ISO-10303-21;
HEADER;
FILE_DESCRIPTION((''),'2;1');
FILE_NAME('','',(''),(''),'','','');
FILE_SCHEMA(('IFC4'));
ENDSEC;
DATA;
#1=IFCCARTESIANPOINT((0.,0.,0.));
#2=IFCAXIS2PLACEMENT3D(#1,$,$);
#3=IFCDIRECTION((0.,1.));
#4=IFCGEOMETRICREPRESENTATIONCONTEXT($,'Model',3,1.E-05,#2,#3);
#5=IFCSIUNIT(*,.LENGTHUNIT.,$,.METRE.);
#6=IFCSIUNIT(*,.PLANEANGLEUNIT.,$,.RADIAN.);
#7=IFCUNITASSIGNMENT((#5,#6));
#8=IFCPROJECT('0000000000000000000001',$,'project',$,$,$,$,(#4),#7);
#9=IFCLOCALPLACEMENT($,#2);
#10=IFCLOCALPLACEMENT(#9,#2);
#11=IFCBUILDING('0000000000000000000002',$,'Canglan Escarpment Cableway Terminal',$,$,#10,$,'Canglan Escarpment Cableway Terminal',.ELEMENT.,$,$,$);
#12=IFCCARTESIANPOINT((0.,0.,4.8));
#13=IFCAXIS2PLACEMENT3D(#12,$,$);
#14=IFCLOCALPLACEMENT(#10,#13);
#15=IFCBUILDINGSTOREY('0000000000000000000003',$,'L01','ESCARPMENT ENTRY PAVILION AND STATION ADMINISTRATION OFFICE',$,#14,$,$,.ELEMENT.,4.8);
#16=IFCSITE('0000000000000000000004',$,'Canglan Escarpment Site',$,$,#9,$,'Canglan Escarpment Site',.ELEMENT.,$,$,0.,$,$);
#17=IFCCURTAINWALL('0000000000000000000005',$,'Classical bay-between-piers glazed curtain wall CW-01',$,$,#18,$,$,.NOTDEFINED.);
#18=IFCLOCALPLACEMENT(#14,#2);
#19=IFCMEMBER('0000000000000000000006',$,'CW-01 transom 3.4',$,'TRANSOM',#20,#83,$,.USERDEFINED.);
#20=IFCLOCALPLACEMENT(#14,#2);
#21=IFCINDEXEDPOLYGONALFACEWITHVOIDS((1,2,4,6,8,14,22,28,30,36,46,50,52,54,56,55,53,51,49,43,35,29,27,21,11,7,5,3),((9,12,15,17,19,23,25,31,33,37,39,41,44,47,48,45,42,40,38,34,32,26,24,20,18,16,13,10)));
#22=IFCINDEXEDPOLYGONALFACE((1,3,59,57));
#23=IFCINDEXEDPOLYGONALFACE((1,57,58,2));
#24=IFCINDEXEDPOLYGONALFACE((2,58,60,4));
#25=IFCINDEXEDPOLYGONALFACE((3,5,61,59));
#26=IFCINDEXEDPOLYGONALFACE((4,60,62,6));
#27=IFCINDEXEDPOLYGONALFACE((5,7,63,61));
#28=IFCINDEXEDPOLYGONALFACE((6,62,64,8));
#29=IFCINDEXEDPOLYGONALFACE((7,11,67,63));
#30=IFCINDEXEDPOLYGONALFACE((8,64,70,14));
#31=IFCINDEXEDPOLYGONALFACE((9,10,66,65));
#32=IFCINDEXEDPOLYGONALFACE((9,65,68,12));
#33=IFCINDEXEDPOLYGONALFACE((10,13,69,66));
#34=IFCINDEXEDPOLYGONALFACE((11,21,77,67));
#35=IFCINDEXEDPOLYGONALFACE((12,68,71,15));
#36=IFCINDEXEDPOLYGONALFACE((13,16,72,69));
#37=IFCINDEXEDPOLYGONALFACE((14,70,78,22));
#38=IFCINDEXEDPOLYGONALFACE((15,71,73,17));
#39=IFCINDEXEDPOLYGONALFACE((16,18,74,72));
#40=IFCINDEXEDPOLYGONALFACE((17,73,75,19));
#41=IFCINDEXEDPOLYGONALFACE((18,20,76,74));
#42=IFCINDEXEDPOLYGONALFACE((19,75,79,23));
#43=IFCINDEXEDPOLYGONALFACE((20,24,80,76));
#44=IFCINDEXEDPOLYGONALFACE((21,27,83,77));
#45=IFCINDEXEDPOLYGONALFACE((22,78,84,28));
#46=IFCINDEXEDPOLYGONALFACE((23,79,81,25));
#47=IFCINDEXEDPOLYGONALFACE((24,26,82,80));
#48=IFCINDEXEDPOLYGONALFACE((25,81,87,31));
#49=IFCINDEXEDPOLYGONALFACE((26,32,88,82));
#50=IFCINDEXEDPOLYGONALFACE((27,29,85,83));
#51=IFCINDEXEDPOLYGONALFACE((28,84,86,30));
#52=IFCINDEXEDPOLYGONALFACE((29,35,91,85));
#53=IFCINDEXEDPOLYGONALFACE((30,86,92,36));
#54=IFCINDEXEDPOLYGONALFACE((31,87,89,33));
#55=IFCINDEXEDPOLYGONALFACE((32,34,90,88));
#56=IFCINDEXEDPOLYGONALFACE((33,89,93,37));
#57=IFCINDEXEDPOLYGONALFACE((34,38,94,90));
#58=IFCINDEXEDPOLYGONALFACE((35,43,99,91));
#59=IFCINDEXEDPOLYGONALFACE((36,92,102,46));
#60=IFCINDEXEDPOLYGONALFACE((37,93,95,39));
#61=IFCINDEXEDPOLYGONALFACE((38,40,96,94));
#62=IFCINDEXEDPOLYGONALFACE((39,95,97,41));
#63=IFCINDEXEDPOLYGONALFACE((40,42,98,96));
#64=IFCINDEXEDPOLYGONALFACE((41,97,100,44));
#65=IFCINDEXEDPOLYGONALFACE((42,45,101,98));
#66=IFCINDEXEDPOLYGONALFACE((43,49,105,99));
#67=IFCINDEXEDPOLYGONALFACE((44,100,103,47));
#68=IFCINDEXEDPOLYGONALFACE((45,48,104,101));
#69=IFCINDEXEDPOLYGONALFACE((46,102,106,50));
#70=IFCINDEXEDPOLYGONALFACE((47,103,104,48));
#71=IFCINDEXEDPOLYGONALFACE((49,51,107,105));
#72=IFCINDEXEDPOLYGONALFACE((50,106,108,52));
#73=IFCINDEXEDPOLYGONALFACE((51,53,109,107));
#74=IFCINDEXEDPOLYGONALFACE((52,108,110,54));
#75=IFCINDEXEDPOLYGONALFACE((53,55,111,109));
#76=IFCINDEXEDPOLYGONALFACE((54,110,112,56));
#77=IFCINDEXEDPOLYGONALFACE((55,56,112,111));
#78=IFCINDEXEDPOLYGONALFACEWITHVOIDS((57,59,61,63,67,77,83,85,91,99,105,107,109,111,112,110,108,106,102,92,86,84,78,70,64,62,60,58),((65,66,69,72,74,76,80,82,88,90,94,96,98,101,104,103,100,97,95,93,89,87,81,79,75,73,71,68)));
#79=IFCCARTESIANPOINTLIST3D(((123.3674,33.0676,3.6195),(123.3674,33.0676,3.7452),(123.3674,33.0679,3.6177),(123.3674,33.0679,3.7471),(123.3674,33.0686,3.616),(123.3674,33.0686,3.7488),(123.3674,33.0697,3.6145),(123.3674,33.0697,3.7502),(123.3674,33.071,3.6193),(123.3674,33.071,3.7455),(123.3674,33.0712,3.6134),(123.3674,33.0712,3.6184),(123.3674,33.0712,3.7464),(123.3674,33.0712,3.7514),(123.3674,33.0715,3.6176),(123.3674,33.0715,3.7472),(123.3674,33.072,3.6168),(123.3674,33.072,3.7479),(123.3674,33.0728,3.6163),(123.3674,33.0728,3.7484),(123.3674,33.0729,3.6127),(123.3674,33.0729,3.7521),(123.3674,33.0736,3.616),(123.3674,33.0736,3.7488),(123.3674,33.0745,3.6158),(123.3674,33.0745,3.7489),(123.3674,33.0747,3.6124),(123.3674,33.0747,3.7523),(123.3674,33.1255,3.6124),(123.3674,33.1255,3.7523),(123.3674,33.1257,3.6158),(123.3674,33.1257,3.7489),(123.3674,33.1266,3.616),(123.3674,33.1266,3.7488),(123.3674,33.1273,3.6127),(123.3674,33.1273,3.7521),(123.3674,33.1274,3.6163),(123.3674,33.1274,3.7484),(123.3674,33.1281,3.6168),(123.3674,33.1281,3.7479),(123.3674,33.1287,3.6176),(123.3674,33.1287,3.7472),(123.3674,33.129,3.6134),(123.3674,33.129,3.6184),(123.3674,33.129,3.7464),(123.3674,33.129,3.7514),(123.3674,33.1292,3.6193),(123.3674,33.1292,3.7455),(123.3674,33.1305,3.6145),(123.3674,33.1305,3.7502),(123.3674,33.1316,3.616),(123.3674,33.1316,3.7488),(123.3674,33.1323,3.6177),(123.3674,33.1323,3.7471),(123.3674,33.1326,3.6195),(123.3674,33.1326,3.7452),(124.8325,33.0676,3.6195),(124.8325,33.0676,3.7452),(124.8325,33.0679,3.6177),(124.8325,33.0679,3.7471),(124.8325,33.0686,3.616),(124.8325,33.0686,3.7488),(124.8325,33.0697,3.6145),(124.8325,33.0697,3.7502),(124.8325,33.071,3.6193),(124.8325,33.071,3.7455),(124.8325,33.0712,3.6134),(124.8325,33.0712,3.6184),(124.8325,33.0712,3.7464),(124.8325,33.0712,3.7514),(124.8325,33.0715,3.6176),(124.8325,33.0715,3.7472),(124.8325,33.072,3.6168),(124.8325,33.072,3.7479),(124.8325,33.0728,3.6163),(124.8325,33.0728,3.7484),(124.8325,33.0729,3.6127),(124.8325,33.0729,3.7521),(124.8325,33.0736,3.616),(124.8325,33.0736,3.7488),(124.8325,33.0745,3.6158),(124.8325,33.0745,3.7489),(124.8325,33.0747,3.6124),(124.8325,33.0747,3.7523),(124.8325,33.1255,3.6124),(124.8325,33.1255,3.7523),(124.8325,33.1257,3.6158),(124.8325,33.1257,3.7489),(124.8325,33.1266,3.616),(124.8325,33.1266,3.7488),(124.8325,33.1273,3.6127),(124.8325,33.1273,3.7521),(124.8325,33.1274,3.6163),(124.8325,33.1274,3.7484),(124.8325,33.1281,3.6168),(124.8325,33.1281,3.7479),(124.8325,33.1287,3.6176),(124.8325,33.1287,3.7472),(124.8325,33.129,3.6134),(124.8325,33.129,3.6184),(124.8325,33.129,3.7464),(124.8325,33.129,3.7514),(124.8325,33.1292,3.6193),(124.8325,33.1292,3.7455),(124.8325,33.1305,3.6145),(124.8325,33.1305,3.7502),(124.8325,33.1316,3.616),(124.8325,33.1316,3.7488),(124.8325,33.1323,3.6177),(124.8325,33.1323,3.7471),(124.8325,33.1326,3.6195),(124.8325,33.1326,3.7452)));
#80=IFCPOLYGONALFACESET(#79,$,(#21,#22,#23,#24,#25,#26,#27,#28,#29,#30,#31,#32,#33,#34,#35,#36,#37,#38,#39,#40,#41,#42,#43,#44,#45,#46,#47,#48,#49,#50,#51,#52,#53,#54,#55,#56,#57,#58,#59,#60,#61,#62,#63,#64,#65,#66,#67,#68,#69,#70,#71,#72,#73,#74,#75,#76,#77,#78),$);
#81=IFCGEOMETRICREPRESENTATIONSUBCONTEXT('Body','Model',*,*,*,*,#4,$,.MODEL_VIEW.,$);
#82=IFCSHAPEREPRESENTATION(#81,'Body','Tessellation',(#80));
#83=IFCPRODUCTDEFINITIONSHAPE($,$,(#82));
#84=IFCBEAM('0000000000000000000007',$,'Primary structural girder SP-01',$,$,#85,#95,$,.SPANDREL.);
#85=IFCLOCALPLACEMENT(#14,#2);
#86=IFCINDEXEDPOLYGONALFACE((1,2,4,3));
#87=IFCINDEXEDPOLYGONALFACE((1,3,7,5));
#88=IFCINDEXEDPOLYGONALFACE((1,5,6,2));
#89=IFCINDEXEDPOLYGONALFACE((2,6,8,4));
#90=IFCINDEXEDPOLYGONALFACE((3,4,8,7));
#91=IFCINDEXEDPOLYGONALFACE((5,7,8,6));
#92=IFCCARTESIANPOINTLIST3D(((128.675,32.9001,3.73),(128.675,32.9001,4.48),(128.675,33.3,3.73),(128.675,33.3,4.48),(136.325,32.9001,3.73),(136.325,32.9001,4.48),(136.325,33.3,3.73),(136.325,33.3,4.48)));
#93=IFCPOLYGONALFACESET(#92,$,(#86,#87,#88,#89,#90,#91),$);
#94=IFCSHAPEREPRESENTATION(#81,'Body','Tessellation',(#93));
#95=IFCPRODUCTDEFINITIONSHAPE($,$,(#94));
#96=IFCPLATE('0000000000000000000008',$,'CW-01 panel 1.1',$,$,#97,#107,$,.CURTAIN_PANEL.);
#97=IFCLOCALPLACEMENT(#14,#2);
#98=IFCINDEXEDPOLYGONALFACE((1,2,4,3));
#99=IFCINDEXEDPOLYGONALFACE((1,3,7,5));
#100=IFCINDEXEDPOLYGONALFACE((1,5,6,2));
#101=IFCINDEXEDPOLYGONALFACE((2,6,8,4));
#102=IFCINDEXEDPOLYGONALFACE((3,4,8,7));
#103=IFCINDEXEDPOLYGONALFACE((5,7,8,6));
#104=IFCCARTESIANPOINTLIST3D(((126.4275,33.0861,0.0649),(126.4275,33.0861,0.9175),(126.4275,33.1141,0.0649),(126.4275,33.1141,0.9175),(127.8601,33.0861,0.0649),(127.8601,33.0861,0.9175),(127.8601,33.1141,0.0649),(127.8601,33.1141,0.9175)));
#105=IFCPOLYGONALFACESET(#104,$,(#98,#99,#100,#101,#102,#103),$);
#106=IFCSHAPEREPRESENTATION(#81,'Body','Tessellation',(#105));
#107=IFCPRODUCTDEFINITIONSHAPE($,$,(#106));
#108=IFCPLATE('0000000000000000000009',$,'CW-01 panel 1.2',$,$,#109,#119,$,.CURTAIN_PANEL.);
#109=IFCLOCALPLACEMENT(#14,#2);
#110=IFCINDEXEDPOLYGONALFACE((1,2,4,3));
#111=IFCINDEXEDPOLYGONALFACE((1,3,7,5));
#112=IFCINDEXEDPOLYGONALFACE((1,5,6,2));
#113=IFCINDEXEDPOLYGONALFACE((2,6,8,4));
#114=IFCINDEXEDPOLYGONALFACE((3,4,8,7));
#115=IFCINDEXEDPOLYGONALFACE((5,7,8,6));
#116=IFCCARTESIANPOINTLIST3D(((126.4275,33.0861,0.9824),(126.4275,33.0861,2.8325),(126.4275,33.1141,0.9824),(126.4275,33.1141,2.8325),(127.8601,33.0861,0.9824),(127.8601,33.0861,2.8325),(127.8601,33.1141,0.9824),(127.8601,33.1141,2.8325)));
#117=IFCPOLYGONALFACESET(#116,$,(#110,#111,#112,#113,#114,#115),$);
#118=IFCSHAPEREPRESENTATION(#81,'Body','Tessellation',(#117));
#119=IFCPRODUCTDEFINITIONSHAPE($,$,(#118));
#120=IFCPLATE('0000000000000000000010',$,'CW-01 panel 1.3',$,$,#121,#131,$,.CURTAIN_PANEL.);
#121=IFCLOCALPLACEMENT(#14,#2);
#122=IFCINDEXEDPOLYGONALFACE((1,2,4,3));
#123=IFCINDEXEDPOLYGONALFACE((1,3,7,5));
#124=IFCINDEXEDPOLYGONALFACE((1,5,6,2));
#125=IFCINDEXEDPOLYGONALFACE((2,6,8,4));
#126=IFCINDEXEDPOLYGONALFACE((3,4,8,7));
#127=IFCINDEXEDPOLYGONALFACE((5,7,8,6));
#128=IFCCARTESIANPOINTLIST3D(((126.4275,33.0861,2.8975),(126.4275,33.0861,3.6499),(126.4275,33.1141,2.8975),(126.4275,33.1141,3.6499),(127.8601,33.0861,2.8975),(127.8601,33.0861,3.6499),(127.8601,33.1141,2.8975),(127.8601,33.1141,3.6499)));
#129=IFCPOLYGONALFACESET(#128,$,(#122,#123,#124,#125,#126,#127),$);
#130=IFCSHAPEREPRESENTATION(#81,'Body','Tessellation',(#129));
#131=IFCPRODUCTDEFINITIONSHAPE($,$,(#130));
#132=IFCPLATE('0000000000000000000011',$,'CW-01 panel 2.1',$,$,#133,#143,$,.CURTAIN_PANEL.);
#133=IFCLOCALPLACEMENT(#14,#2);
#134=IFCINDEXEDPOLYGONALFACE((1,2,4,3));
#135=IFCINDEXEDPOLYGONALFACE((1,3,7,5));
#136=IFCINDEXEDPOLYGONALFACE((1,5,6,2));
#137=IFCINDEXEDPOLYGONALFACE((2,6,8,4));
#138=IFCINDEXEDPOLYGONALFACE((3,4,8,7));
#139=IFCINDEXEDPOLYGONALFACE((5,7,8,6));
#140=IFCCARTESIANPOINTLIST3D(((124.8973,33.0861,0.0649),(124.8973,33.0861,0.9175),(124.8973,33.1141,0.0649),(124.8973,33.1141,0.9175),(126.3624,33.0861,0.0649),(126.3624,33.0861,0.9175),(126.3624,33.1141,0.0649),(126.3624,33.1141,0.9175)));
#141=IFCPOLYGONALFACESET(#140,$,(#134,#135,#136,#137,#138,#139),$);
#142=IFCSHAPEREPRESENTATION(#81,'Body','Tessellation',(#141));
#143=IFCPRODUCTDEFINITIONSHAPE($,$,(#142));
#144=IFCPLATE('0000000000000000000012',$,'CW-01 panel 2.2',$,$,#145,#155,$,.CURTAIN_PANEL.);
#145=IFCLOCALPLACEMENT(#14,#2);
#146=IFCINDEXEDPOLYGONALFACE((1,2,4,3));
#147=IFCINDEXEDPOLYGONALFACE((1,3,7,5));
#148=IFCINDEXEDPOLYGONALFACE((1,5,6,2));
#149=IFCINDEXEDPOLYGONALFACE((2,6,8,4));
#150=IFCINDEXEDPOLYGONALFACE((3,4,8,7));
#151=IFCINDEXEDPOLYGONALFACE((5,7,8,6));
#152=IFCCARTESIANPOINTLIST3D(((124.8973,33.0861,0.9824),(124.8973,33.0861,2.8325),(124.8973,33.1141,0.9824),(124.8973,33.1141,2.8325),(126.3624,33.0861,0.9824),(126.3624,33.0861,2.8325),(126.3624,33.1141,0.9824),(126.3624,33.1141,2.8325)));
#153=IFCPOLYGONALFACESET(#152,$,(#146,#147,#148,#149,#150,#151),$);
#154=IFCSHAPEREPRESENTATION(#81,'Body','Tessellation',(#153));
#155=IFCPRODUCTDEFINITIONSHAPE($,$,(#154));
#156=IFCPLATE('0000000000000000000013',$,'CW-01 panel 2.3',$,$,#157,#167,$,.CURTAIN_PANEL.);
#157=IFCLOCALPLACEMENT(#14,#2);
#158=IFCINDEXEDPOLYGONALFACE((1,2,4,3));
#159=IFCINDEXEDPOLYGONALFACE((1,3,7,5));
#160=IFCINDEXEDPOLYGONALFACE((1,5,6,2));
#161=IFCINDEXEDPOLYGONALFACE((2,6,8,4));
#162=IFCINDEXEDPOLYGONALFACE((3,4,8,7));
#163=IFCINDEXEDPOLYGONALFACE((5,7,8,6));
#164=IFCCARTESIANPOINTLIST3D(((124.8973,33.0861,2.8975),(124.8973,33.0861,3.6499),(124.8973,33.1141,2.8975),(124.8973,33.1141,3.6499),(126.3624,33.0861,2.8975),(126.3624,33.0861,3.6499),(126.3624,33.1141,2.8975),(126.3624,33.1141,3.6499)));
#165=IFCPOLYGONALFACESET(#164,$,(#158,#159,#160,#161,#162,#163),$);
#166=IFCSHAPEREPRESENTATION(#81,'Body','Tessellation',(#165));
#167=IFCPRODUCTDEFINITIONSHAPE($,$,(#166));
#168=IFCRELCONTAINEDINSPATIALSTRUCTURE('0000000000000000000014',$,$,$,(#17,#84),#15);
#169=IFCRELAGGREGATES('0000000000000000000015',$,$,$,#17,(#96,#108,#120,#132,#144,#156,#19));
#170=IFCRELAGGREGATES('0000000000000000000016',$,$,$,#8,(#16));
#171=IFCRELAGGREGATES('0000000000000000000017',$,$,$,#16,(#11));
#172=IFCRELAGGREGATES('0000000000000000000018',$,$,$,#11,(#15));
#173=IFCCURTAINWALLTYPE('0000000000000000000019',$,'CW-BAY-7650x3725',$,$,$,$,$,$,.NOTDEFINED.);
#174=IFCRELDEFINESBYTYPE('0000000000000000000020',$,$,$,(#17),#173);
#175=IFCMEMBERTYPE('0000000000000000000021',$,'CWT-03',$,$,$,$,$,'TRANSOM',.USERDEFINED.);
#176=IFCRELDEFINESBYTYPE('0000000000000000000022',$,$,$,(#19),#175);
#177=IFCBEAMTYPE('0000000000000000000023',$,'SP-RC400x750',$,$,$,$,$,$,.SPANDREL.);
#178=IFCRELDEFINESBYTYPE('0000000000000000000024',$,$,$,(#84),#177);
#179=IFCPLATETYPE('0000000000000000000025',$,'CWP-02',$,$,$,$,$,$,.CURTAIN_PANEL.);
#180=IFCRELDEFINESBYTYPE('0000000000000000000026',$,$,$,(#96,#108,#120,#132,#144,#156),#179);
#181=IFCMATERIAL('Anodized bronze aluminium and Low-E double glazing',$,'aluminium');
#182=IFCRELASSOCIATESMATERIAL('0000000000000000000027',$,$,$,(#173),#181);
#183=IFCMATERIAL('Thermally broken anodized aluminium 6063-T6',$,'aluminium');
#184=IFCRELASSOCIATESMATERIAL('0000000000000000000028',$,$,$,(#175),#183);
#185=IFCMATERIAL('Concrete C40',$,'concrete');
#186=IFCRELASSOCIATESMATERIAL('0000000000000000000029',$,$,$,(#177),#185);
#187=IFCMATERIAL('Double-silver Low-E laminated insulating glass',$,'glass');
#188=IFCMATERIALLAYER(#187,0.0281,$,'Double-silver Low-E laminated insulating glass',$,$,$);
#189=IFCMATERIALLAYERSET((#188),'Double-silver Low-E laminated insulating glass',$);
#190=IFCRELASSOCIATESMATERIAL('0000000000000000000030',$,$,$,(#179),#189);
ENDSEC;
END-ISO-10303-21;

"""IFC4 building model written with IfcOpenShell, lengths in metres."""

from ifc_helpers import new_model, si_unit, direction, frame, origin, origin_2d, place, context, subcontext, project, spatial, rectangle, hollow_rectangle, extrude, material, layer, layer_set, material_profile, profile_set, type_object, element, aggregate, save


model = new_model("IFC4")

# Units and contexts
model_context = context("Model", 3, precision=1e-05, world=origin(), true_north=direction((0.0, 1.0)))
body_context = subcontext(model_context, "Body", "Model", "MODEL_VIEW")
ifc_project = project(units=[si_unit("LENGTHUNIT", "METRE"), si_unit("PLANEANGLEUNIT", "RADIAN")], contexts=[model_context])

# Site, building, storey
site_placement = place(None, origin())
site = spatial("IfcSite", under=ifc_project, at=site_placement, Name="Canglan Escarpment Site", LongName="Canglan Escarpment Site", CompositionType="ELEMENT", RefElevation=0.0)
building_placement = place(site_placement, origin())
building = spatial("IfcBuilding", under=site, at=building_placement, Name="Canglan Escarpment Cableway Terminal", LongName="Canglan Escarpment Cableway Terminal", CompositionType="ELEMENT")
storey_placement = place(building_placement, frame((0.0, 0.0, 4.8)))
storey = spatial("IfcBuildingStorey", under=building, at=storey_placement, Name="L01", Description="ESCARPMENT ENTRY PAVILION AND STATION ADMINISTRATION OFFICE", CompositionType="ELEMENT", Elevation=4.8)

# Shared definitions
ifc_material_1 = material(Name="Concrete C40", Category="concrete")

# Curtain wall, member
ifc_material_2 = material(Name="Anodized bronze aluminium and Low-E double glazing", Category="aluminium")
curtain_wall_type = type_object("IfcCurtainWallType", Name="CW-BAY-7650x3725", PredefinedType="NOTDEFINED", material=ifc_material_2)
curtain_wall_placement = place(storey_placement, origin())
curtain_wall = element("IfcCurtainWall", 1, at=curtain_wall_placement, inside=storey, type_object=curtain_wall_type, Name="Classical bay-between-piers glazed curtain wall CW-01", PredefinedType="NOTDEFINED")
ifc_material_3 = material(Name="Thermally broken anodized aluminium 6063-T6", Category="aluminium")
ifc_material_profile_1 = material_profile(ifc_material_3, hollow_rectangle(XDim=0.0649, YDim=0.1399, WallThickness=0.0034, InnerFilletRadius=0.0034, OuterFilletRadius=0.0071, at=origin_2d()), Name="ALU-TRAN 65x140x3.5")
ifc_profile_set_1 = profile_set([ifc_material_profile_1], Name="Thermally broken anodized aluminium 6063-T6")
member_type_1 = type_object("IfcMemberType", Name="CWT-03", ElementType="TRANSOM", PredefinedType="USERDEFINED", material=ifc_profile_set_1)
member_1_placement = place(storey_placement, frame((124.8325, 33.1001, 3.6824), z_axis=(-1.0, 0.0, 0.0), x_axis=(0.0, -1.0, 0.0)))
member_1 = element("IfcMember", 2, at=member_1_placement, type_object=member_type_1, Name="CW-01 transom 3.4", ObjectType="TRANSOM", PredefinedType="USERDEFINED", context=body_context, shape_type="SweptSolid", body=[
    extrude(hollow_rectangle(XDim=0.0649, YDim=0.1399, WallThickness=0.0034, InnerFilletRadius=0.0034, OuterFilletRadius=0.0071, at=origin_2d()), origin(), (0.0, 0.0, 1.0), 1.4651),
])

# Beam
ifc_material_profile_2 = material_profile(ifc_material_1, rectangle(XDim=0.3999, YDim=0.75, at=origin_2d()), Name="RC 400x750")
ifc_profile_set_2 = profile_set([ifc_material_profile_2], Name="Concrete C40")
beam_type = type_object("IfcBeamType", Name="SP-RC400x750", PredefinedType="SPANDREL", material=ifc_profile_set_2)
beam_placement = place(storey_placement, frame((128.675, 33.1001, 4.105), z_axis=(1.0, 0.0, 0.0), x_axis=(0.0, 1.0, 0.0)))
element("IfcBeam", 3, at=beam_placement, inside=storey, type_object=beam_type, Name="Primary structural girder SP-01", PredefinedType="SPANDREL", context=body_context, shape_type="SweptSolid", body=[
    extrude(rectangle(XDim=0.3999, YDim=0.75, at=origin_2d()), origin(), (0.0, 0.0, 1.0), 7.6499),
])

# Plates
ifc_material_4 = material(Name="Double-silver Low-E laminated insulating glass", Category="glass")
ifc_layer = layer(ifc_material_4, 0.0281, Name="Double-silver Low-E laminated insulating glass")
ifc_layer_set = layer_set([ifc_layer], Name="Double-silver Low-E laminated insulating glass")
plate_type = type_object("IfcPlateType", Name="CWP-02", PredefinedType="CURTAIN_PANEL", material=ifc_layer_set)
plate_1_placement = place(storey_placement, frame((127.1438, 33.1001, 0.0649), z_axis=(0.0, 0.0, 1.0), x_axis=(-1.0, 0.0, 0.0)))
plate_1 = element("IfcPlate", 4, at=plate_1_placement, type_object=plate_type, Name="CW-01 panel 1.1", PredefinedType="CURTAIN_PANEL", context=body_context, shape_type="SweptSolid", body=[
    extrude(rectangle(XDim=1.4326, YDim=0.0281, at=origin_2d()), origin(), (0.0, 0.0, 1.0), 0.8525),
])
plate_2_placement = place(storey_placement, frame((127.1438, 33.1001, 0.9824), z_axis=(0.0, 0.0, 1.0), x_axis=(-1.0, 0.0, 0.0)))
plate_2 = element("IfcPlate", 5, at=plate_2_placement, type_object=plate_type, Name="CW-01 panel 1.2", PredefinedType="CURTAIN_PANEL", context=body_context, shape_type="SweptSolid", body=[
    extrude(rectangle(XDim=1.4326, YDim=0.0281, at=origin_2d()), origin(), (0.0, 0.0, 1.0), 1.8501),
])
plate_3_placement = place(storey_placement, frame((127.1438, 33.1001, 2.8975), z_axis=(0.0, 0.0, 1.0), x_axis=(-1.0, 0.0, 0.0)))
plate_3 = element("IfcPlate", 6, at=plate_3_placement, type_object=plate_type, Name="CW-01 panel 1.3", PredefinedType="CURTAIN_PANEL", context=body_context, shape_type="SweptSolid", body=[
    extrude(rectangle(XDim=1.4326, YDim=0.0281, at=origin_2d()), origin(), (0.0, 0.0, 1.0), 0.7524),
])
plate_4_placement = place(storey_placement, frame((125.6299, 33.1001, 0.0649), z_axis=(0.0, 0.0, 1.0), x_axis=(-1.0, 0.0, 0.0)))
plate_4 = element("IfcPlate", 7, at=plate_4_placement, type_object=plate_type, Name="CW-01 panel 2.1", PredefinedType="CURTAIN_PANEL", context=body_context, shape_type="SweptSolid", body=[
    extrude(rectangle(XDim=1.4651, YDim=0.0281, at=origin_2d()), origin(), (0.0, 0.0, 1.0), 0.8525),
])
plate_5_placement = place(storey_placement, frame((125.6299, 33.1001, 0.9824), z_axis=(0.0, 0.0, 1.0), x_axis=(-1.0, 0.0, 0.0)))
plate_5 = element("IfcPlate", 8, at=plate_5_placement, type_object=plate_type, Name="CW-01 panel 2.2", PredefinedType="CURTAIN_PANEL", context=body_context, shape_type="SweptSolid", body=[
    extrude(rectangle(XDim=1.4651, YDim=0.0281, at=origin_2d()), origin(), (0.0, 0.0, 1.0), 1.8501),
])
plate_6_placement = place(storey_placement, frame((125.6299, 33.1001, 2.8975), z_axis=(0.0, 0.0, 1.0), x_axis=(-1.0, 0.0, 0.0)))
plate_6 = element("IfcPlate", 9, at=plate_6_placement, type_object=plate_type, Name="CW-01 panel 2.3", PredefinedType="CURTAIN_PANEL", context=body_context, shape_type="SweptSolid", body=[
    extrude(rectangle(XDim=1.4651, YDim=0.0281, at=origin_2d()), origin(), (0.0, 0.0, 1.0), 0.7524),
])
aggregate(curtain_wall, [plate_1, plate_2, plate_3, plate_4, plate_5, plate_6, member_1])

save(model, "model.ifc")
